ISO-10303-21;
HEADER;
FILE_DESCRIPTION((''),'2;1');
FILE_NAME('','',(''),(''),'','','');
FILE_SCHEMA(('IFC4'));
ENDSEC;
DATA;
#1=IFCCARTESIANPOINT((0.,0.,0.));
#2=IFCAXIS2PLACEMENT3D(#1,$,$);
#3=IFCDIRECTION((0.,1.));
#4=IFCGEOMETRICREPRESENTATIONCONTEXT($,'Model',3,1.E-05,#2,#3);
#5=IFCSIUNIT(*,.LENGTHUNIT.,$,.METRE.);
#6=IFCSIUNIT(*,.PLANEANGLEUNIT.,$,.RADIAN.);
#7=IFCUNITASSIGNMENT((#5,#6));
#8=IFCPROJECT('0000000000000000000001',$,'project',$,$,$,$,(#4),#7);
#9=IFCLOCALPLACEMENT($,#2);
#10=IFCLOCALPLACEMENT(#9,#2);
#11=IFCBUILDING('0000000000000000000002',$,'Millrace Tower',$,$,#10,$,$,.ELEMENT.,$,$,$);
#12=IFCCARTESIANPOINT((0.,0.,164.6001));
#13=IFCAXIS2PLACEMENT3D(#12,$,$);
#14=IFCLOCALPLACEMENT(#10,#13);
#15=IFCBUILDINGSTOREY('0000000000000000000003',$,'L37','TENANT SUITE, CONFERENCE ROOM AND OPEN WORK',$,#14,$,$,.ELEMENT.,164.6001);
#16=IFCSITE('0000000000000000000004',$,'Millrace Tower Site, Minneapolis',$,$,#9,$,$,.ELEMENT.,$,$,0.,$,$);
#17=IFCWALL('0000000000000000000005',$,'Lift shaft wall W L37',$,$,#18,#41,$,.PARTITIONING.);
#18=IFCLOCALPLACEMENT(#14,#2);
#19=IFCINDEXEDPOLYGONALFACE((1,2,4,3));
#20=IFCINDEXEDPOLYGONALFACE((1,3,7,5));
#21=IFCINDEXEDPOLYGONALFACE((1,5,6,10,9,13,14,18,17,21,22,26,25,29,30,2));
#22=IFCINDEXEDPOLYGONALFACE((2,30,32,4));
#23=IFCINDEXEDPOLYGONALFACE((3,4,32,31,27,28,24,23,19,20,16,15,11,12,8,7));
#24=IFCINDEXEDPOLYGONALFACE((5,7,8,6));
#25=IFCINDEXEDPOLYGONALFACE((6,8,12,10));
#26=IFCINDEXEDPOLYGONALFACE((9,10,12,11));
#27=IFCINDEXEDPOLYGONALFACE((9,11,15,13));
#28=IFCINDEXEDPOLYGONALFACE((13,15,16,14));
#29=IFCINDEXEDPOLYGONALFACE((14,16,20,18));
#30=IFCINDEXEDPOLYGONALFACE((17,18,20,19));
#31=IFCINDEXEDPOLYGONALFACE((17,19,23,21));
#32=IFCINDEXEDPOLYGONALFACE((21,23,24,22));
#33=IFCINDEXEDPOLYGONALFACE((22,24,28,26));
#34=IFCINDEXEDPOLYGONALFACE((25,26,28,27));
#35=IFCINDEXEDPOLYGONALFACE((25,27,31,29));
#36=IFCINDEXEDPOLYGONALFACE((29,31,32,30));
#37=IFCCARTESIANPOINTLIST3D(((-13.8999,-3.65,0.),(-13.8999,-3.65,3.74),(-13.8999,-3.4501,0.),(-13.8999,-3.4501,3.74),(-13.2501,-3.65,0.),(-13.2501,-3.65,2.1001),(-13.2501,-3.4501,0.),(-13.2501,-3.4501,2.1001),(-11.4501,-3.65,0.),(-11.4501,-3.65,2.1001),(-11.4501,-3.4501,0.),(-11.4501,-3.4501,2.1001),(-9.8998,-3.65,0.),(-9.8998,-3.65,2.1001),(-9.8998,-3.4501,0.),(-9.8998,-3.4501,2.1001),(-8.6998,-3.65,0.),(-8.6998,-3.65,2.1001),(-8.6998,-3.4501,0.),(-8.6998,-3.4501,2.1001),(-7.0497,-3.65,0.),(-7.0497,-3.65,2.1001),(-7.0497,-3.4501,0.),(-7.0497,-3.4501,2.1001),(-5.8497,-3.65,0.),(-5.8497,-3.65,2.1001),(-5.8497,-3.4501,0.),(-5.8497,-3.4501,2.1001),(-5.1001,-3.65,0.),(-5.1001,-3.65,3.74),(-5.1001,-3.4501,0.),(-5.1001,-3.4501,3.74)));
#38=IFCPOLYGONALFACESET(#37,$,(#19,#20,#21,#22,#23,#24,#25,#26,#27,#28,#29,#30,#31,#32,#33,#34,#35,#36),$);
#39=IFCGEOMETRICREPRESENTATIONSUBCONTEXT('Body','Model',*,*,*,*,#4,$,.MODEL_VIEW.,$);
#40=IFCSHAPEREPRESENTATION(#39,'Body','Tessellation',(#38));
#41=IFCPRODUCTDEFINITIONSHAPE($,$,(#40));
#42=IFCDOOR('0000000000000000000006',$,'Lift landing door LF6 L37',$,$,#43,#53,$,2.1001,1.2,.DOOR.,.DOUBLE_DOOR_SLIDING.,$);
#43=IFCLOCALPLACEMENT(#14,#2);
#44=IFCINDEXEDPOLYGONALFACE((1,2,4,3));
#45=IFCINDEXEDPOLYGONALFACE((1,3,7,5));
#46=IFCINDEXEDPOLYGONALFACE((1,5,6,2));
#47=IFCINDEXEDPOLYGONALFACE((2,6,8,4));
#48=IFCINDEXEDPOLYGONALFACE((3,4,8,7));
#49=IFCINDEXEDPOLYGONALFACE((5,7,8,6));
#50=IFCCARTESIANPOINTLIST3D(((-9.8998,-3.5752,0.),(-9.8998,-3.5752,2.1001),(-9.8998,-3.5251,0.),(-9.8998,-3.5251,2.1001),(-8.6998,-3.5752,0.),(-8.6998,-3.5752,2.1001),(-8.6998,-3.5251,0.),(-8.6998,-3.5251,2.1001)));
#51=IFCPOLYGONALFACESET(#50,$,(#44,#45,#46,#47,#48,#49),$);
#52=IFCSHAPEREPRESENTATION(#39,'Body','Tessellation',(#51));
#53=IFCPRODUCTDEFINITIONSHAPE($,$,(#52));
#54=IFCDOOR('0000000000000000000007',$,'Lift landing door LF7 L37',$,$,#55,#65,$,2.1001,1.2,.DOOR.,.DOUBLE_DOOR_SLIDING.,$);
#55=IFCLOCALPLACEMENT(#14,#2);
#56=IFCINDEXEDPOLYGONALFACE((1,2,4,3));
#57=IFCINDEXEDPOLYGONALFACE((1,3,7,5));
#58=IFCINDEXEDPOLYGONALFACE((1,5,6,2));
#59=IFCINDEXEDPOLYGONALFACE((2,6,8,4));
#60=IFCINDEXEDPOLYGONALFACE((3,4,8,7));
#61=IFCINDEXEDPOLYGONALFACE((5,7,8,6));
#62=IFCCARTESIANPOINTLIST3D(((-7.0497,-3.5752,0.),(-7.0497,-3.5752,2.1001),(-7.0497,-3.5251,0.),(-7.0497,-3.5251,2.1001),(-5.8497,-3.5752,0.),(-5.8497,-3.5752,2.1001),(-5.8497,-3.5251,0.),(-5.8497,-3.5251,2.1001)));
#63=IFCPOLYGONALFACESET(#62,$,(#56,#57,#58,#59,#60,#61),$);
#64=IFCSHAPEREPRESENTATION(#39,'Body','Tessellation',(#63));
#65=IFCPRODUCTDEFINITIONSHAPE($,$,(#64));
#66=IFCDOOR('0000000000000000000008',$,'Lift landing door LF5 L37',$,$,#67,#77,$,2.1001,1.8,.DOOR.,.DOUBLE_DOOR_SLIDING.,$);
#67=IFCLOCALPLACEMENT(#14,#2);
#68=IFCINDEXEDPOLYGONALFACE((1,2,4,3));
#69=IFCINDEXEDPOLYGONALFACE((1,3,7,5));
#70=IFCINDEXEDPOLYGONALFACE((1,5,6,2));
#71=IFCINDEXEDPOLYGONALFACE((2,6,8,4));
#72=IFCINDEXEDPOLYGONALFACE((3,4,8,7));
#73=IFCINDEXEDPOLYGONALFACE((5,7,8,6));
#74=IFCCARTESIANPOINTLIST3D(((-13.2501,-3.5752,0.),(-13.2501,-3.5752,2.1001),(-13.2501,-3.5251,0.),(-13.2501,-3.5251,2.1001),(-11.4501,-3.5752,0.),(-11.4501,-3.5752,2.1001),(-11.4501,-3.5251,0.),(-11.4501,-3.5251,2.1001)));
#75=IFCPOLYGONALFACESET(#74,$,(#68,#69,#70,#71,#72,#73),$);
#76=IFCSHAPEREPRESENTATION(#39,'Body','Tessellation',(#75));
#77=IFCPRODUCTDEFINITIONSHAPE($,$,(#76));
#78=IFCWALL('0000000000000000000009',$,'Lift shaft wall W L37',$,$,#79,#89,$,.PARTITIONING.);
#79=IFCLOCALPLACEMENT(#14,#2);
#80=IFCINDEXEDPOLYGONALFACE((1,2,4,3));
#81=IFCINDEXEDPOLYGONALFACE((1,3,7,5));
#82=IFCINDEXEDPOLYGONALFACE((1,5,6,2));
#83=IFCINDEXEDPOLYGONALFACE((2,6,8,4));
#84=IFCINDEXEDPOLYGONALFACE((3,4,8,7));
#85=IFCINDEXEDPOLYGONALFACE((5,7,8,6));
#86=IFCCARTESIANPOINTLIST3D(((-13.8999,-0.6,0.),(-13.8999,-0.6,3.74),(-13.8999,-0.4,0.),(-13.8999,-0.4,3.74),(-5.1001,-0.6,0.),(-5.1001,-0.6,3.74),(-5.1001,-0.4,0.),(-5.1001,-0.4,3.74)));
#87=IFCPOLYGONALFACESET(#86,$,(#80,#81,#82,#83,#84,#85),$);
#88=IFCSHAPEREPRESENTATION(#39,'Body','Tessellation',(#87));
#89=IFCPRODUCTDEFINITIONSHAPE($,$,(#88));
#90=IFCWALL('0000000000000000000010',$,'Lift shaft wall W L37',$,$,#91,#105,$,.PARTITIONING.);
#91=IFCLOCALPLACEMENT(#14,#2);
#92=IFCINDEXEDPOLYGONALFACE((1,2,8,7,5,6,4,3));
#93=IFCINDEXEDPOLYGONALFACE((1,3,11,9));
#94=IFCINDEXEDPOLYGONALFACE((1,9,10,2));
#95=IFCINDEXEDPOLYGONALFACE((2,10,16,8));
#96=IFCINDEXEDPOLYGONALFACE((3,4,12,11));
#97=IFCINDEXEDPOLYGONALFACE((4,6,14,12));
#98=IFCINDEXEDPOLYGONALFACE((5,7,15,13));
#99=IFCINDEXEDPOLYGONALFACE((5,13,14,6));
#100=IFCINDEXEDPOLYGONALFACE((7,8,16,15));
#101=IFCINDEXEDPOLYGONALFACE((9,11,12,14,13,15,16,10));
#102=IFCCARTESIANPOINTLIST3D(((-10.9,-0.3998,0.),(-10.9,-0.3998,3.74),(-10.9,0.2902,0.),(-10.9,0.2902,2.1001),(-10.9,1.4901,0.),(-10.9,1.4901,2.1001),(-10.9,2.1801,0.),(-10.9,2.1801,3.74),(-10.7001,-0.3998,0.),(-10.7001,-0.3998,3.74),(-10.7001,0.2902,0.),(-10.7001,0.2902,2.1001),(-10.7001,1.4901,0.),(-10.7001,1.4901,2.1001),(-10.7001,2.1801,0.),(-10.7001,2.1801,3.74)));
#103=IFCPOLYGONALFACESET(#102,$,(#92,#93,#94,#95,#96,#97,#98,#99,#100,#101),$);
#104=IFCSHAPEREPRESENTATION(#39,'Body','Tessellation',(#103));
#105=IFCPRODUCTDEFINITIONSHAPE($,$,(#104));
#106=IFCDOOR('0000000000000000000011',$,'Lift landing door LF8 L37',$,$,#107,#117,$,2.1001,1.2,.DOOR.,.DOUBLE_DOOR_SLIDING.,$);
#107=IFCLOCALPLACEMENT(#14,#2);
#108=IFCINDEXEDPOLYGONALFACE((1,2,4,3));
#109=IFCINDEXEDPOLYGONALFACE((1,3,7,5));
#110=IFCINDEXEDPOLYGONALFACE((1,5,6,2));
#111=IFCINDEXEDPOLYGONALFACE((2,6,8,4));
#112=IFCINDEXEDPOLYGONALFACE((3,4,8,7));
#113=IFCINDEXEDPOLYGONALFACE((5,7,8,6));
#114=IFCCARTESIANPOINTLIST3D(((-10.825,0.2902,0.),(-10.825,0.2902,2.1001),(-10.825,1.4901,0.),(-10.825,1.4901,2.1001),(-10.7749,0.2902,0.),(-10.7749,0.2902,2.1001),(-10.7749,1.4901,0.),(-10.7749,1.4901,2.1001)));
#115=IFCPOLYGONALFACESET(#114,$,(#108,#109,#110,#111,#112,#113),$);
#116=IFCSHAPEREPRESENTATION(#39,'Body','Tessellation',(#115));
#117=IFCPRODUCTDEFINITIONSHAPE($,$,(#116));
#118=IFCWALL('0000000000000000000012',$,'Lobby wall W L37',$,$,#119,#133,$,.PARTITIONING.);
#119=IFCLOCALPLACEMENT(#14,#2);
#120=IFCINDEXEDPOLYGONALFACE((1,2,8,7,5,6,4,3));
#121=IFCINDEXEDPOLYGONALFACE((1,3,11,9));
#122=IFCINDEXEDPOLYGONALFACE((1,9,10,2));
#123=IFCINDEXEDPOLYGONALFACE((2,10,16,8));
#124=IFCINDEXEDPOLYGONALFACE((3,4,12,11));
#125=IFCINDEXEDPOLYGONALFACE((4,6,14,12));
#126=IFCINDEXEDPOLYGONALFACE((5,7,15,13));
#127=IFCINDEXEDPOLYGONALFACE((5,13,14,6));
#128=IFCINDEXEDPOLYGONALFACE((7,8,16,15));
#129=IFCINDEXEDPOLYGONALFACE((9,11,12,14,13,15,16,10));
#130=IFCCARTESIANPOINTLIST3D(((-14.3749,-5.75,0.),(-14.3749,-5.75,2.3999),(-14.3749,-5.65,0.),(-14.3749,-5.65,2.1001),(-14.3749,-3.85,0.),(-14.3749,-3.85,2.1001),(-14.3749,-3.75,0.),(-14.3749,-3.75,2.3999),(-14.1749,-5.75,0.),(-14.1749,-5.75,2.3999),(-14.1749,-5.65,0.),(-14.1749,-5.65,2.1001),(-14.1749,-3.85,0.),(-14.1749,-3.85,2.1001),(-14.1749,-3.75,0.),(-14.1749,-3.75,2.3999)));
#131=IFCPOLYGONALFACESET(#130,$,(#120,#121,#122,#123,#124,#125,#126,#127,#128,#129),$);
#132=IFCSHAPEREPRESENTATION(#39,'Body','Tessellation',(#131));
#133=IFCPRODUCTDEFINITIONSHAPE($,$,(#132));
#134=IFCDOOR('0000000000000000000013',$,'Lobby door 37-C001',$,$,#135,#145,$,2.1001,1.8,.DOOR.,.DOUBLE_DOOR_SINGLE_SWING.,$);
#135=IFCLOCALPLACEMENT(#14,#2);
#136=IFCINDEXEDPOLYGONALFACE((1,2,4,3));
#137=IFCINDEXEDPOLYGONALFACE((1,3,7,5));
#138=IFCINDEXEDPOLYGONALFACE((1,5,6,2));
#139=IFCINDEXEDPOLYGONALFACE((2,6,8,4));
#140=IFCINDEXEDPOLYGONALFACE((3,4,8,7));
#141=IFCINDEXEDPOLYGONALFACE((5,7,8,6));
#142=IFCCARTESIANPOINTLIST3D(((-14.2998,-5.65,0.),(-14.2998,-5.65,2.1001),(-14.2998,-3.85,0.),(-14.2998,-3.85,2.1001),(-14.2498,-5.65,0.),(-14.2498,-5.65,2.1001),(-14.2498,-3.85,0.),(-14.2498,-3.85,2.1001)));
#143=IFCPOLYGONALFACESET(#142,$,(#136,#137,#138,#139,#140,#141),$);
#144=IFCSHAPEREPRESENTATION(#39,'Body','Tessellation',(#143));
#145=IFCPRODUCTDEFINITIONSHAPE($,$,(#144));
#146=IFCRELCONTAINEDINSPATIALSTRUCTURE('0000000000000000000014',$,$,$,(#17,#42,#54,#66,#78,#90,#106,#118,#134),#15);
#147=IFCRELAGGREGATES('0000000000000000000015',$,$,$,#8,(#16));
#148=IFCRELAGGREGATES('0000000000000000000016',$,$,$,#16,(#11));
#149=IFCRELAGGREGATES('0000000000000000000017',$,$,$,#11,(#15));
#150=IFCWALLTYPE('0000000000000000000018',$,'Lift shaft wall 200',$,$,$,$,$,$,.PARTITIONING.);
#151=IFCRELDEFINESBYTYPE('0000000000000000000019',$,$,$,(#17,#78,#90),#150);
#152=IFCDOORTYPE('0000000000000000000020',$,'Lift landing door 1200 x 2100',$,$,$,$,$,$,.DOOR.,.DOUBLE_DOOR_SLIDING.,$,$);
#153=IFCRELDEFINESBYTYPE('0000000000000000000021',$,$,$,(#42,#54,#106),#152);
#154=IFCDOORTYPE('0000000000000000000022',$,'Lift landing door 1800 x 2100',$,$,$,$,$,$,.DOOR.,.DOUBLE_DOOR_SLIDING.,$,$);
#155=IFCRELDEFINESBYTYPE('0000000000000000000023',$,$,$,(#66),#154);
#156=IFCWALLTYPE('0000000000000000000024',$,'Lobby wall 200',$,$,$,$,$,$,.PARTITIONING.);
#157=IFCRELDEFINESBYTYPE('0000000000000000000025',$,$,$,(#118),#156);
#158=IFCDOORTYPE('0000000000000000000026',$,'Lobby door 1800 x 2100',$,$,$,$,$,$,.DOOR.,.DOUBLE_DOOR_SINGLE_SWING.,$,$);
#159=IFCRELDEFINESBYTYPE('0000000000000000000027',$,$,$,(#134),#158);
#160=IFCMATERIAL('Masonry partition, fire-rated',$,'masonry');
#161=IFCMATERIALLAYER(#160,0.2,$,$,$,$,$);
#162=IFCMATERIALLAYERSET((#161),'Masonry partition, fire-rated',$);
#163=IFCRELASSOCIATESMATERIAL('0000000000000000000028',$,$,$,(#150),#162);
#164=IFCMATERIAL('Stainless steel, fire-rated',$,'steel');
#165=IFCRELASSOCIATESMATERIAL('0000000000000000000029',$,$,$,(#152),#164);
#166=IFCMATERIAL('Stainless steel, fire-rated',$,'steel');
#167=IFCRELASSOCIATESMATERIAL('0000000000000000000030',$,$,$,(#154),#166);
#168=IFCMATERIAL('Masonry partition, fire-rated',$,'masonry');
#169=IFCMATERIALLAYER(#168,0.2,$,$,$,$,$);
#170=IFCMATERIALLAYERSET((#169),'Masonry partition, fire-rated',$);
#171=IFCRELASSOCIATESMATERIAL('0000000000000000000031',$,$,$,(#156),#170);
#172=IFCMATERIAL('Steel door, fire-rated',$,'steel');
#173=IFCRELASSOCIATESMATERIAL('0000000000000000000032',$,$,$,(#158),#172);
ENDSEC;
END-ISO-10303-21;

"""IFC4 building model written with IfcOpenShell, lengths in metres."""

from ifc_helpers import new_model, si_unit, direction, frame, frame_2d, origin, place, context, subcontext, project, spatial, rectangle, extrude, material, layer, layer_set, type_object, element, fill, save


model = new_model("IFC4")

# Units and contexts
model_context = context("Model", 3, precision=1e-05, world=origin(), true_north=direction((0.0, 1.0)))
body_context = subcontext(model_context, "Body", "Model", "MODEL_VIEW")
ifc_project = project(units=[si_unit("LENGTHUNIT", "METRE"), si_unit("PLANEANGLEUNIT", "RADIAN")], contexts=[model_context])

# Site, building, storey
site_placement = place(None, origin())
site = spatial("IfcSite", under=ifc_project, at=site_placement, Name="Millrace Tower Site, Minneapolis", CompositionType="ELEMENT", RefElevation=0.0)
building_placement = place(site_placement, origin())
building = spatial("IfcBuilding", under=site, at=building_placement, Name="Millrace Tower", CompositionType="ELEMENT")
storey_placement = place(building_placement, frame((0.0, 0.0, 164.6001)))
storey = spatial("IfcBuildingStorey", under=building, at=storey_placement, Name="L37", Description="TENANT SUITE, CONFERENCE ROOM AND OPEN WORK", CompositionType="ELEMENT", Elevation=164.6001)

# Shared definitions
ifc_material_1 = material(Name="Masonry partition, fire-rated", Category="masonry")
ifc_layer_1 = layer(ifc_material_1, 0.2)
ifc_layer_set_1 = layer_set([ifc_layer_1], Name="Masonry partition, fire-rated")
wall_type_1 = type_object("IfcWallType", Name="Lift shaft wall 200", PredefinedType="PARTITIONING", material=ifc_layer_set_1)

# Wall, openings, doors
wall_1_placement = place(storey_placement, frame((-13.8999, -3.55, 0.0), z_axis=(0.0, 0.0, 1.0), x_axis=(1.0, 0.0, 0.0)))
wall_1 = element("IfcWall", 1, at=wall_1_placement, inside=storey, type_object=wall_type_1, Name="Lift shaft wall W L37", PredefinedType="PARTITIONING", context=body_context, shape_type="SweptSolid", body=[
    extrude(rectangle(XDim=8.7998, YDim=0.2, at=frame_2d((4.3999, 0.0))), origin(), (0.0, 0.0, 1.0), 3.74),
])
opening_1_placement = place(wall_1_placement, frame((0.6499, 0.0, 0.0)))
opening_1 = element("IfcOpeningElement", 2, at=opening_1_placement, cuts=wall_1, PredefinedType="OPENING", context=body_context, shape_type="SweptSolid", body=[
    extrude(rectangle(XDim=1.8, YDim=2.1001, at=frame_2d((0.8999, 1.05))), frame((0.0, 0.1099, 0.0), z_axis=(0.0, -1.0, 0.0), x_axis=(1.0, 0.0, 0.0)), (0.0, 0.0, 1.0), 0.22),
])
opening_2_placement = place(wall_1_placement, frame((4.0, 0.0, 0.0)))
opening_2 = element("IfcOpeningElement", 3, at=opening_2_placement, cuts=wall_1, PredefinedType="OPENING", context=body_context, shape_type="SweptSolid", body=[
    extrude(rectangle(XDim=1.2, YDim=2.1001, at=frame_2d((0.6001, 1.05))), frame((0.0, 0.1099, 0.0), z_axis=(0.0, -1.0, 0.0), x_axis=(1.0, 0.0, 0.0)), (0.0, 0.0, 1.0), 0.22),
])
opening_3_placement = place(wall_1_placement, frame((6.8501, 0.0, 0.0)))
opening_3 = element("IfcOpeningElement", 4, at=opening_3_placement, cuts=wall_1, PredefinedType="OPENING", context=body_context, shape_type="SweptSolid", body=[
    extrude(rectangle(XDim=1.2, YDim=2.1001, at=frame_2d((0.6001, 1.05))), frame((0.0, 0.1099, 0.0), z_axis=(0.0, -1.0, 0.0), x_axis=(1.0, 0.0, 0.0)), (0.0, 0.0, 1.0), 0.22),
])
ifc_material_2 = material(Name="Stainless steel, fire-rated", Category="steel")
door_type_1 = type_object("IfcDoorType", Name="Lift landing door 1200 x 2100", OperationType="DOUBLE_DOOR_SLIDING", PredefinedType="DOOR", material=ifc_material_2)
door_1_placement = place(opening_2_placement, origin())
door_1 = element("IfcDoor", 5, at=door_1_placement, inside=storey, type_object=door_type_1, Name="Lift landing door LF6 L37", OperationType="DOUBLE_DOOR_SLIDING", OverallHeight=2.1001, OverallWidth=1.2, PredefinedType="DOOR", context=body_context, shape_type="SweptSolid", body=[
    extrude(rectangle(XDim=1.2, YDim=2.1001, at=frame_2d((0.6001, 1.05))), frame((0.0, 0.0249, 0.0), z_axis=(0.0, -1.0, 0.0), x_axis=(1.0, 0.0, 0.0)), (0.0, 0.0, 1.0), 0.05),
])
fill(opening_2, door_1)
door_2_placement = place(opening_3_placement, origin())
door_2 = element("IfcDoor", 6, at=door_2_placement, inside=storey, type_object=door_type_1, Name="Lift landing door LF7 L37", OperationType="DOUBLE_DOOR_SLIDING", OverallHeight=2.1001, OverallWidth=1.2, PredefinedType="DOOR", context=body_context, shape_type="SweptSolid", body=[
    extrude(rectangle(XDim=1.2, YDim=2.1001, at=frame_2d((0.6001, 1.05))), frame((0.0, 0.0249, 0.0), z_axis=(0.0, -1.0, 0.0), x_axis=(1.0, 0.0, 0.0)), (0.0, 0.0, 1.0), 0.05),
])
fill(opening_3, door_2)
ifc_material_3 = material(Name="Stainless steel, fire-rated", Category="steel")
door_type_2 = type_object("IfcDoorType", Name="Lift landing door 1800 x 2100", OperationType="DOUBLE_DOOR_SLIDING", PredefinedType="DOOR", material=ifc_material_3)
door_3_placement = place(opening_1_placement, origin())
door_3 = element("IfcDoor", 7, at=door_3_placement, inside=storey, type_object=door_type_2, Name="Lift landing door LF5 L37", OperationType="DOUBLE_DOOR_SLIDING", OverallHeight=2.1001, OverallWidth=1.8, PredefinedType="DOOR", context=body_context, shape_type="SweptSolid", body=[
    extrude(rectangle(XDim=1.8, YDim=2.1001, at=frame_2d((0.8999, 1.05))), frame((0.0, 0.0249, 0.0), z_axis=(0.0, -1.0, 0.0), x_axis=(1.0, 0.0, 0.0)), (0.0, 0.0, 1.0), 0.05),
])
fill(opening_1, door_3)

# Wall
wall_2_placement = place(storey_placement, frame((-13.8999, -0.5, 0.0), z_axis=(0.0, 0.0, 1.0), x_axis=(1.0, 0.0, 0.0)))
element("IfcWall", 8, at=wall_2_placement, inside=storey, type_object=wall_type_1, Name="Lift shaft wall W L37", PredefinedType="PARTITIONING", context=body_context, shape_type="SweptSolid", body=[
    extrude(rectangle(XDim=8.7998, YDim=0.2, at=frame_2d((4.3999, 0.0))), origin(), (0.0, 0.0, 1.0), 3.74),
])

# Walls, openings, doors
wall_3_placement = place(storey_placement, frame((-10.8, -0.3999, 0.0), z_axis=(0.0, 0.0, 1.0), x_axis=(0.0, 1.0, 0.0)))
wall_3 = element("IfcWall", 9, at=wall_3_placement, inside=storey, type_object=wall_type_1, Name="Lift shaft wall W L37", PredefinedType="PARTITIONING", context=body_context, shape_type="SweptSolid", body=[
    extrude(rectangle(XDim=2.5798, YDim=0.2, at=frame_2d((1.29, 0.0))), origin(), (0.0, 0.0, 1.0), 3.74),
])
opening_4_placement = place(wall_3_placement, frame((0.6899, 0.0, 0.0)))
opening_4 = element("IfcOpeningElement", 10, at=opening_4_placement, cuts=wall_3, PredefinedType="OPENING", context=body_context, shape_type="SweptSolid", body=[
    extrude(rectangle(XDim=1.2, YDim=2.1001, at=frame_2d((0.6001, 1.05))), frame((0.0, 0.1099, 0.0), z_axis=(0.0, -1.0, 0.0), x_axis=(1.0, 0.0, 0.0)), (0.0, 0.0, 1.0), 0.22),
])
door_4_placement = place(opening_4_placement, origin())
door_4 = element("IfcDoor", 11, at=door_4_placement, inside=storey, type_object=door_type_1, Name="Lift landing door LF8 L37", OperationType="DOUBLE_DOOR_SLIDING", OverallHeight=2.1001, OverallWidth=1.2, PredefinedType="DOOR", context=body_context, shape_type="SweptSolid", body=[
    extrude(rectangle(XDim=1.2, YDim=2.1001, at=frame_2d((0.6001, 1.05))), frame((0.0, 0.0249, 0.0), z_axis=(0.0, -1.0, 0.0), x_axis=(1.0, 0.0, 0.0)), (0.0, 0.0, 1.0), 0.05),
])
fill(opening_4, door_4)
ifc_material_4 = material(Name="Masonry partition, fire-rated", Category="masonry")
ifc_layer_2 = layer(ifc_material_4, 0.2)
ifc_layer_set_2 = layer_set([ifc_layer_2], Name="Masonry partition, fire-rated")
wall_type_2 = type_object("IfcWallType", Name="Lobby wall 200", PredefinedType="PARTITIONING", material=ifc_layer_set_2)
wall_4_placement = place(storey_placement, frame((-14.2749, -5.75, 0.0), z_axis=(0.0, 0.0, 1.0), x_axis=(0.0, 1.0, 0.0)))
wall_4 = element("IfcWall", 12, at=wall_4_placement, inside=storey, type_object=wall_type_2, Name="Lobby wall W L37", PredefinedType="PARTITIONING", context=body_context, shape_type="SweptSolid", body=[
    extrude(rectangle(XDim=2.0, YDim=0.2, at=frame_2d((1.0, 0.0))), origin(), (0.0, 0.0, 1.0), 2.3999),
])
opening_5_placement = place(wall_4_placement, frame((0.1001, 0.0, 0.0)))
opening_5 = element("IfcOpeningElement", 13, at=opening_5_placement, cuts=wall_4, PredefinedType="OPENING", context=body_context, shape_type="SweptSolid", body=[
    extrude(rectangle(XDim=1.8, YDim=2.1001, at=frame_2d((0.8999, 1.05))), frame((0.0, 0.1099, 0.0), z_axis=(0.0, -1.0, 0.0), x_axis=(1.0, 0.0, 0.0)), (0.0, 0.0, 1.0), 0.22),
])
ifc_material_5 = material(Name="Steel door, fire-rated", Category="steel")
door_type_3 = type_object("IfcDoorType", Name="Lobby door 1800 x 2100", OperationType="DOUBLE_DOOR_SINGLE_SWING", PredefinedType="DOOR", material=ifc_material_5)
door_5_placement = place(opening_5_placement, origin())
door_5 = element("IfcDoor", 14, at=door_5_placement, inside=storey, type_object=door_type_3, Name="Lobby door 37-C001", OperationType="DOUBLE_DOOR_SINGLE_SWING", OverallHeight=2.1001, OverallWidth=1.8, PredefinedType="DOOR", context=body_context, shape_type="SweptSolid", body=[
    extrude(rectangle(XDim=1.8, YDim=2.1001, at=frame_2d((0.8999, 1.05))), frame((0.0, 0.0249, 0.0), z_axis=(0.0, -1.0, 0.0), x_axis=(1.0, 0.0, 0.0)), (0.0, 0.0, 1.0), 0.05),
])
fill(opening_5, door_5)

save(model, "model.ifc")
